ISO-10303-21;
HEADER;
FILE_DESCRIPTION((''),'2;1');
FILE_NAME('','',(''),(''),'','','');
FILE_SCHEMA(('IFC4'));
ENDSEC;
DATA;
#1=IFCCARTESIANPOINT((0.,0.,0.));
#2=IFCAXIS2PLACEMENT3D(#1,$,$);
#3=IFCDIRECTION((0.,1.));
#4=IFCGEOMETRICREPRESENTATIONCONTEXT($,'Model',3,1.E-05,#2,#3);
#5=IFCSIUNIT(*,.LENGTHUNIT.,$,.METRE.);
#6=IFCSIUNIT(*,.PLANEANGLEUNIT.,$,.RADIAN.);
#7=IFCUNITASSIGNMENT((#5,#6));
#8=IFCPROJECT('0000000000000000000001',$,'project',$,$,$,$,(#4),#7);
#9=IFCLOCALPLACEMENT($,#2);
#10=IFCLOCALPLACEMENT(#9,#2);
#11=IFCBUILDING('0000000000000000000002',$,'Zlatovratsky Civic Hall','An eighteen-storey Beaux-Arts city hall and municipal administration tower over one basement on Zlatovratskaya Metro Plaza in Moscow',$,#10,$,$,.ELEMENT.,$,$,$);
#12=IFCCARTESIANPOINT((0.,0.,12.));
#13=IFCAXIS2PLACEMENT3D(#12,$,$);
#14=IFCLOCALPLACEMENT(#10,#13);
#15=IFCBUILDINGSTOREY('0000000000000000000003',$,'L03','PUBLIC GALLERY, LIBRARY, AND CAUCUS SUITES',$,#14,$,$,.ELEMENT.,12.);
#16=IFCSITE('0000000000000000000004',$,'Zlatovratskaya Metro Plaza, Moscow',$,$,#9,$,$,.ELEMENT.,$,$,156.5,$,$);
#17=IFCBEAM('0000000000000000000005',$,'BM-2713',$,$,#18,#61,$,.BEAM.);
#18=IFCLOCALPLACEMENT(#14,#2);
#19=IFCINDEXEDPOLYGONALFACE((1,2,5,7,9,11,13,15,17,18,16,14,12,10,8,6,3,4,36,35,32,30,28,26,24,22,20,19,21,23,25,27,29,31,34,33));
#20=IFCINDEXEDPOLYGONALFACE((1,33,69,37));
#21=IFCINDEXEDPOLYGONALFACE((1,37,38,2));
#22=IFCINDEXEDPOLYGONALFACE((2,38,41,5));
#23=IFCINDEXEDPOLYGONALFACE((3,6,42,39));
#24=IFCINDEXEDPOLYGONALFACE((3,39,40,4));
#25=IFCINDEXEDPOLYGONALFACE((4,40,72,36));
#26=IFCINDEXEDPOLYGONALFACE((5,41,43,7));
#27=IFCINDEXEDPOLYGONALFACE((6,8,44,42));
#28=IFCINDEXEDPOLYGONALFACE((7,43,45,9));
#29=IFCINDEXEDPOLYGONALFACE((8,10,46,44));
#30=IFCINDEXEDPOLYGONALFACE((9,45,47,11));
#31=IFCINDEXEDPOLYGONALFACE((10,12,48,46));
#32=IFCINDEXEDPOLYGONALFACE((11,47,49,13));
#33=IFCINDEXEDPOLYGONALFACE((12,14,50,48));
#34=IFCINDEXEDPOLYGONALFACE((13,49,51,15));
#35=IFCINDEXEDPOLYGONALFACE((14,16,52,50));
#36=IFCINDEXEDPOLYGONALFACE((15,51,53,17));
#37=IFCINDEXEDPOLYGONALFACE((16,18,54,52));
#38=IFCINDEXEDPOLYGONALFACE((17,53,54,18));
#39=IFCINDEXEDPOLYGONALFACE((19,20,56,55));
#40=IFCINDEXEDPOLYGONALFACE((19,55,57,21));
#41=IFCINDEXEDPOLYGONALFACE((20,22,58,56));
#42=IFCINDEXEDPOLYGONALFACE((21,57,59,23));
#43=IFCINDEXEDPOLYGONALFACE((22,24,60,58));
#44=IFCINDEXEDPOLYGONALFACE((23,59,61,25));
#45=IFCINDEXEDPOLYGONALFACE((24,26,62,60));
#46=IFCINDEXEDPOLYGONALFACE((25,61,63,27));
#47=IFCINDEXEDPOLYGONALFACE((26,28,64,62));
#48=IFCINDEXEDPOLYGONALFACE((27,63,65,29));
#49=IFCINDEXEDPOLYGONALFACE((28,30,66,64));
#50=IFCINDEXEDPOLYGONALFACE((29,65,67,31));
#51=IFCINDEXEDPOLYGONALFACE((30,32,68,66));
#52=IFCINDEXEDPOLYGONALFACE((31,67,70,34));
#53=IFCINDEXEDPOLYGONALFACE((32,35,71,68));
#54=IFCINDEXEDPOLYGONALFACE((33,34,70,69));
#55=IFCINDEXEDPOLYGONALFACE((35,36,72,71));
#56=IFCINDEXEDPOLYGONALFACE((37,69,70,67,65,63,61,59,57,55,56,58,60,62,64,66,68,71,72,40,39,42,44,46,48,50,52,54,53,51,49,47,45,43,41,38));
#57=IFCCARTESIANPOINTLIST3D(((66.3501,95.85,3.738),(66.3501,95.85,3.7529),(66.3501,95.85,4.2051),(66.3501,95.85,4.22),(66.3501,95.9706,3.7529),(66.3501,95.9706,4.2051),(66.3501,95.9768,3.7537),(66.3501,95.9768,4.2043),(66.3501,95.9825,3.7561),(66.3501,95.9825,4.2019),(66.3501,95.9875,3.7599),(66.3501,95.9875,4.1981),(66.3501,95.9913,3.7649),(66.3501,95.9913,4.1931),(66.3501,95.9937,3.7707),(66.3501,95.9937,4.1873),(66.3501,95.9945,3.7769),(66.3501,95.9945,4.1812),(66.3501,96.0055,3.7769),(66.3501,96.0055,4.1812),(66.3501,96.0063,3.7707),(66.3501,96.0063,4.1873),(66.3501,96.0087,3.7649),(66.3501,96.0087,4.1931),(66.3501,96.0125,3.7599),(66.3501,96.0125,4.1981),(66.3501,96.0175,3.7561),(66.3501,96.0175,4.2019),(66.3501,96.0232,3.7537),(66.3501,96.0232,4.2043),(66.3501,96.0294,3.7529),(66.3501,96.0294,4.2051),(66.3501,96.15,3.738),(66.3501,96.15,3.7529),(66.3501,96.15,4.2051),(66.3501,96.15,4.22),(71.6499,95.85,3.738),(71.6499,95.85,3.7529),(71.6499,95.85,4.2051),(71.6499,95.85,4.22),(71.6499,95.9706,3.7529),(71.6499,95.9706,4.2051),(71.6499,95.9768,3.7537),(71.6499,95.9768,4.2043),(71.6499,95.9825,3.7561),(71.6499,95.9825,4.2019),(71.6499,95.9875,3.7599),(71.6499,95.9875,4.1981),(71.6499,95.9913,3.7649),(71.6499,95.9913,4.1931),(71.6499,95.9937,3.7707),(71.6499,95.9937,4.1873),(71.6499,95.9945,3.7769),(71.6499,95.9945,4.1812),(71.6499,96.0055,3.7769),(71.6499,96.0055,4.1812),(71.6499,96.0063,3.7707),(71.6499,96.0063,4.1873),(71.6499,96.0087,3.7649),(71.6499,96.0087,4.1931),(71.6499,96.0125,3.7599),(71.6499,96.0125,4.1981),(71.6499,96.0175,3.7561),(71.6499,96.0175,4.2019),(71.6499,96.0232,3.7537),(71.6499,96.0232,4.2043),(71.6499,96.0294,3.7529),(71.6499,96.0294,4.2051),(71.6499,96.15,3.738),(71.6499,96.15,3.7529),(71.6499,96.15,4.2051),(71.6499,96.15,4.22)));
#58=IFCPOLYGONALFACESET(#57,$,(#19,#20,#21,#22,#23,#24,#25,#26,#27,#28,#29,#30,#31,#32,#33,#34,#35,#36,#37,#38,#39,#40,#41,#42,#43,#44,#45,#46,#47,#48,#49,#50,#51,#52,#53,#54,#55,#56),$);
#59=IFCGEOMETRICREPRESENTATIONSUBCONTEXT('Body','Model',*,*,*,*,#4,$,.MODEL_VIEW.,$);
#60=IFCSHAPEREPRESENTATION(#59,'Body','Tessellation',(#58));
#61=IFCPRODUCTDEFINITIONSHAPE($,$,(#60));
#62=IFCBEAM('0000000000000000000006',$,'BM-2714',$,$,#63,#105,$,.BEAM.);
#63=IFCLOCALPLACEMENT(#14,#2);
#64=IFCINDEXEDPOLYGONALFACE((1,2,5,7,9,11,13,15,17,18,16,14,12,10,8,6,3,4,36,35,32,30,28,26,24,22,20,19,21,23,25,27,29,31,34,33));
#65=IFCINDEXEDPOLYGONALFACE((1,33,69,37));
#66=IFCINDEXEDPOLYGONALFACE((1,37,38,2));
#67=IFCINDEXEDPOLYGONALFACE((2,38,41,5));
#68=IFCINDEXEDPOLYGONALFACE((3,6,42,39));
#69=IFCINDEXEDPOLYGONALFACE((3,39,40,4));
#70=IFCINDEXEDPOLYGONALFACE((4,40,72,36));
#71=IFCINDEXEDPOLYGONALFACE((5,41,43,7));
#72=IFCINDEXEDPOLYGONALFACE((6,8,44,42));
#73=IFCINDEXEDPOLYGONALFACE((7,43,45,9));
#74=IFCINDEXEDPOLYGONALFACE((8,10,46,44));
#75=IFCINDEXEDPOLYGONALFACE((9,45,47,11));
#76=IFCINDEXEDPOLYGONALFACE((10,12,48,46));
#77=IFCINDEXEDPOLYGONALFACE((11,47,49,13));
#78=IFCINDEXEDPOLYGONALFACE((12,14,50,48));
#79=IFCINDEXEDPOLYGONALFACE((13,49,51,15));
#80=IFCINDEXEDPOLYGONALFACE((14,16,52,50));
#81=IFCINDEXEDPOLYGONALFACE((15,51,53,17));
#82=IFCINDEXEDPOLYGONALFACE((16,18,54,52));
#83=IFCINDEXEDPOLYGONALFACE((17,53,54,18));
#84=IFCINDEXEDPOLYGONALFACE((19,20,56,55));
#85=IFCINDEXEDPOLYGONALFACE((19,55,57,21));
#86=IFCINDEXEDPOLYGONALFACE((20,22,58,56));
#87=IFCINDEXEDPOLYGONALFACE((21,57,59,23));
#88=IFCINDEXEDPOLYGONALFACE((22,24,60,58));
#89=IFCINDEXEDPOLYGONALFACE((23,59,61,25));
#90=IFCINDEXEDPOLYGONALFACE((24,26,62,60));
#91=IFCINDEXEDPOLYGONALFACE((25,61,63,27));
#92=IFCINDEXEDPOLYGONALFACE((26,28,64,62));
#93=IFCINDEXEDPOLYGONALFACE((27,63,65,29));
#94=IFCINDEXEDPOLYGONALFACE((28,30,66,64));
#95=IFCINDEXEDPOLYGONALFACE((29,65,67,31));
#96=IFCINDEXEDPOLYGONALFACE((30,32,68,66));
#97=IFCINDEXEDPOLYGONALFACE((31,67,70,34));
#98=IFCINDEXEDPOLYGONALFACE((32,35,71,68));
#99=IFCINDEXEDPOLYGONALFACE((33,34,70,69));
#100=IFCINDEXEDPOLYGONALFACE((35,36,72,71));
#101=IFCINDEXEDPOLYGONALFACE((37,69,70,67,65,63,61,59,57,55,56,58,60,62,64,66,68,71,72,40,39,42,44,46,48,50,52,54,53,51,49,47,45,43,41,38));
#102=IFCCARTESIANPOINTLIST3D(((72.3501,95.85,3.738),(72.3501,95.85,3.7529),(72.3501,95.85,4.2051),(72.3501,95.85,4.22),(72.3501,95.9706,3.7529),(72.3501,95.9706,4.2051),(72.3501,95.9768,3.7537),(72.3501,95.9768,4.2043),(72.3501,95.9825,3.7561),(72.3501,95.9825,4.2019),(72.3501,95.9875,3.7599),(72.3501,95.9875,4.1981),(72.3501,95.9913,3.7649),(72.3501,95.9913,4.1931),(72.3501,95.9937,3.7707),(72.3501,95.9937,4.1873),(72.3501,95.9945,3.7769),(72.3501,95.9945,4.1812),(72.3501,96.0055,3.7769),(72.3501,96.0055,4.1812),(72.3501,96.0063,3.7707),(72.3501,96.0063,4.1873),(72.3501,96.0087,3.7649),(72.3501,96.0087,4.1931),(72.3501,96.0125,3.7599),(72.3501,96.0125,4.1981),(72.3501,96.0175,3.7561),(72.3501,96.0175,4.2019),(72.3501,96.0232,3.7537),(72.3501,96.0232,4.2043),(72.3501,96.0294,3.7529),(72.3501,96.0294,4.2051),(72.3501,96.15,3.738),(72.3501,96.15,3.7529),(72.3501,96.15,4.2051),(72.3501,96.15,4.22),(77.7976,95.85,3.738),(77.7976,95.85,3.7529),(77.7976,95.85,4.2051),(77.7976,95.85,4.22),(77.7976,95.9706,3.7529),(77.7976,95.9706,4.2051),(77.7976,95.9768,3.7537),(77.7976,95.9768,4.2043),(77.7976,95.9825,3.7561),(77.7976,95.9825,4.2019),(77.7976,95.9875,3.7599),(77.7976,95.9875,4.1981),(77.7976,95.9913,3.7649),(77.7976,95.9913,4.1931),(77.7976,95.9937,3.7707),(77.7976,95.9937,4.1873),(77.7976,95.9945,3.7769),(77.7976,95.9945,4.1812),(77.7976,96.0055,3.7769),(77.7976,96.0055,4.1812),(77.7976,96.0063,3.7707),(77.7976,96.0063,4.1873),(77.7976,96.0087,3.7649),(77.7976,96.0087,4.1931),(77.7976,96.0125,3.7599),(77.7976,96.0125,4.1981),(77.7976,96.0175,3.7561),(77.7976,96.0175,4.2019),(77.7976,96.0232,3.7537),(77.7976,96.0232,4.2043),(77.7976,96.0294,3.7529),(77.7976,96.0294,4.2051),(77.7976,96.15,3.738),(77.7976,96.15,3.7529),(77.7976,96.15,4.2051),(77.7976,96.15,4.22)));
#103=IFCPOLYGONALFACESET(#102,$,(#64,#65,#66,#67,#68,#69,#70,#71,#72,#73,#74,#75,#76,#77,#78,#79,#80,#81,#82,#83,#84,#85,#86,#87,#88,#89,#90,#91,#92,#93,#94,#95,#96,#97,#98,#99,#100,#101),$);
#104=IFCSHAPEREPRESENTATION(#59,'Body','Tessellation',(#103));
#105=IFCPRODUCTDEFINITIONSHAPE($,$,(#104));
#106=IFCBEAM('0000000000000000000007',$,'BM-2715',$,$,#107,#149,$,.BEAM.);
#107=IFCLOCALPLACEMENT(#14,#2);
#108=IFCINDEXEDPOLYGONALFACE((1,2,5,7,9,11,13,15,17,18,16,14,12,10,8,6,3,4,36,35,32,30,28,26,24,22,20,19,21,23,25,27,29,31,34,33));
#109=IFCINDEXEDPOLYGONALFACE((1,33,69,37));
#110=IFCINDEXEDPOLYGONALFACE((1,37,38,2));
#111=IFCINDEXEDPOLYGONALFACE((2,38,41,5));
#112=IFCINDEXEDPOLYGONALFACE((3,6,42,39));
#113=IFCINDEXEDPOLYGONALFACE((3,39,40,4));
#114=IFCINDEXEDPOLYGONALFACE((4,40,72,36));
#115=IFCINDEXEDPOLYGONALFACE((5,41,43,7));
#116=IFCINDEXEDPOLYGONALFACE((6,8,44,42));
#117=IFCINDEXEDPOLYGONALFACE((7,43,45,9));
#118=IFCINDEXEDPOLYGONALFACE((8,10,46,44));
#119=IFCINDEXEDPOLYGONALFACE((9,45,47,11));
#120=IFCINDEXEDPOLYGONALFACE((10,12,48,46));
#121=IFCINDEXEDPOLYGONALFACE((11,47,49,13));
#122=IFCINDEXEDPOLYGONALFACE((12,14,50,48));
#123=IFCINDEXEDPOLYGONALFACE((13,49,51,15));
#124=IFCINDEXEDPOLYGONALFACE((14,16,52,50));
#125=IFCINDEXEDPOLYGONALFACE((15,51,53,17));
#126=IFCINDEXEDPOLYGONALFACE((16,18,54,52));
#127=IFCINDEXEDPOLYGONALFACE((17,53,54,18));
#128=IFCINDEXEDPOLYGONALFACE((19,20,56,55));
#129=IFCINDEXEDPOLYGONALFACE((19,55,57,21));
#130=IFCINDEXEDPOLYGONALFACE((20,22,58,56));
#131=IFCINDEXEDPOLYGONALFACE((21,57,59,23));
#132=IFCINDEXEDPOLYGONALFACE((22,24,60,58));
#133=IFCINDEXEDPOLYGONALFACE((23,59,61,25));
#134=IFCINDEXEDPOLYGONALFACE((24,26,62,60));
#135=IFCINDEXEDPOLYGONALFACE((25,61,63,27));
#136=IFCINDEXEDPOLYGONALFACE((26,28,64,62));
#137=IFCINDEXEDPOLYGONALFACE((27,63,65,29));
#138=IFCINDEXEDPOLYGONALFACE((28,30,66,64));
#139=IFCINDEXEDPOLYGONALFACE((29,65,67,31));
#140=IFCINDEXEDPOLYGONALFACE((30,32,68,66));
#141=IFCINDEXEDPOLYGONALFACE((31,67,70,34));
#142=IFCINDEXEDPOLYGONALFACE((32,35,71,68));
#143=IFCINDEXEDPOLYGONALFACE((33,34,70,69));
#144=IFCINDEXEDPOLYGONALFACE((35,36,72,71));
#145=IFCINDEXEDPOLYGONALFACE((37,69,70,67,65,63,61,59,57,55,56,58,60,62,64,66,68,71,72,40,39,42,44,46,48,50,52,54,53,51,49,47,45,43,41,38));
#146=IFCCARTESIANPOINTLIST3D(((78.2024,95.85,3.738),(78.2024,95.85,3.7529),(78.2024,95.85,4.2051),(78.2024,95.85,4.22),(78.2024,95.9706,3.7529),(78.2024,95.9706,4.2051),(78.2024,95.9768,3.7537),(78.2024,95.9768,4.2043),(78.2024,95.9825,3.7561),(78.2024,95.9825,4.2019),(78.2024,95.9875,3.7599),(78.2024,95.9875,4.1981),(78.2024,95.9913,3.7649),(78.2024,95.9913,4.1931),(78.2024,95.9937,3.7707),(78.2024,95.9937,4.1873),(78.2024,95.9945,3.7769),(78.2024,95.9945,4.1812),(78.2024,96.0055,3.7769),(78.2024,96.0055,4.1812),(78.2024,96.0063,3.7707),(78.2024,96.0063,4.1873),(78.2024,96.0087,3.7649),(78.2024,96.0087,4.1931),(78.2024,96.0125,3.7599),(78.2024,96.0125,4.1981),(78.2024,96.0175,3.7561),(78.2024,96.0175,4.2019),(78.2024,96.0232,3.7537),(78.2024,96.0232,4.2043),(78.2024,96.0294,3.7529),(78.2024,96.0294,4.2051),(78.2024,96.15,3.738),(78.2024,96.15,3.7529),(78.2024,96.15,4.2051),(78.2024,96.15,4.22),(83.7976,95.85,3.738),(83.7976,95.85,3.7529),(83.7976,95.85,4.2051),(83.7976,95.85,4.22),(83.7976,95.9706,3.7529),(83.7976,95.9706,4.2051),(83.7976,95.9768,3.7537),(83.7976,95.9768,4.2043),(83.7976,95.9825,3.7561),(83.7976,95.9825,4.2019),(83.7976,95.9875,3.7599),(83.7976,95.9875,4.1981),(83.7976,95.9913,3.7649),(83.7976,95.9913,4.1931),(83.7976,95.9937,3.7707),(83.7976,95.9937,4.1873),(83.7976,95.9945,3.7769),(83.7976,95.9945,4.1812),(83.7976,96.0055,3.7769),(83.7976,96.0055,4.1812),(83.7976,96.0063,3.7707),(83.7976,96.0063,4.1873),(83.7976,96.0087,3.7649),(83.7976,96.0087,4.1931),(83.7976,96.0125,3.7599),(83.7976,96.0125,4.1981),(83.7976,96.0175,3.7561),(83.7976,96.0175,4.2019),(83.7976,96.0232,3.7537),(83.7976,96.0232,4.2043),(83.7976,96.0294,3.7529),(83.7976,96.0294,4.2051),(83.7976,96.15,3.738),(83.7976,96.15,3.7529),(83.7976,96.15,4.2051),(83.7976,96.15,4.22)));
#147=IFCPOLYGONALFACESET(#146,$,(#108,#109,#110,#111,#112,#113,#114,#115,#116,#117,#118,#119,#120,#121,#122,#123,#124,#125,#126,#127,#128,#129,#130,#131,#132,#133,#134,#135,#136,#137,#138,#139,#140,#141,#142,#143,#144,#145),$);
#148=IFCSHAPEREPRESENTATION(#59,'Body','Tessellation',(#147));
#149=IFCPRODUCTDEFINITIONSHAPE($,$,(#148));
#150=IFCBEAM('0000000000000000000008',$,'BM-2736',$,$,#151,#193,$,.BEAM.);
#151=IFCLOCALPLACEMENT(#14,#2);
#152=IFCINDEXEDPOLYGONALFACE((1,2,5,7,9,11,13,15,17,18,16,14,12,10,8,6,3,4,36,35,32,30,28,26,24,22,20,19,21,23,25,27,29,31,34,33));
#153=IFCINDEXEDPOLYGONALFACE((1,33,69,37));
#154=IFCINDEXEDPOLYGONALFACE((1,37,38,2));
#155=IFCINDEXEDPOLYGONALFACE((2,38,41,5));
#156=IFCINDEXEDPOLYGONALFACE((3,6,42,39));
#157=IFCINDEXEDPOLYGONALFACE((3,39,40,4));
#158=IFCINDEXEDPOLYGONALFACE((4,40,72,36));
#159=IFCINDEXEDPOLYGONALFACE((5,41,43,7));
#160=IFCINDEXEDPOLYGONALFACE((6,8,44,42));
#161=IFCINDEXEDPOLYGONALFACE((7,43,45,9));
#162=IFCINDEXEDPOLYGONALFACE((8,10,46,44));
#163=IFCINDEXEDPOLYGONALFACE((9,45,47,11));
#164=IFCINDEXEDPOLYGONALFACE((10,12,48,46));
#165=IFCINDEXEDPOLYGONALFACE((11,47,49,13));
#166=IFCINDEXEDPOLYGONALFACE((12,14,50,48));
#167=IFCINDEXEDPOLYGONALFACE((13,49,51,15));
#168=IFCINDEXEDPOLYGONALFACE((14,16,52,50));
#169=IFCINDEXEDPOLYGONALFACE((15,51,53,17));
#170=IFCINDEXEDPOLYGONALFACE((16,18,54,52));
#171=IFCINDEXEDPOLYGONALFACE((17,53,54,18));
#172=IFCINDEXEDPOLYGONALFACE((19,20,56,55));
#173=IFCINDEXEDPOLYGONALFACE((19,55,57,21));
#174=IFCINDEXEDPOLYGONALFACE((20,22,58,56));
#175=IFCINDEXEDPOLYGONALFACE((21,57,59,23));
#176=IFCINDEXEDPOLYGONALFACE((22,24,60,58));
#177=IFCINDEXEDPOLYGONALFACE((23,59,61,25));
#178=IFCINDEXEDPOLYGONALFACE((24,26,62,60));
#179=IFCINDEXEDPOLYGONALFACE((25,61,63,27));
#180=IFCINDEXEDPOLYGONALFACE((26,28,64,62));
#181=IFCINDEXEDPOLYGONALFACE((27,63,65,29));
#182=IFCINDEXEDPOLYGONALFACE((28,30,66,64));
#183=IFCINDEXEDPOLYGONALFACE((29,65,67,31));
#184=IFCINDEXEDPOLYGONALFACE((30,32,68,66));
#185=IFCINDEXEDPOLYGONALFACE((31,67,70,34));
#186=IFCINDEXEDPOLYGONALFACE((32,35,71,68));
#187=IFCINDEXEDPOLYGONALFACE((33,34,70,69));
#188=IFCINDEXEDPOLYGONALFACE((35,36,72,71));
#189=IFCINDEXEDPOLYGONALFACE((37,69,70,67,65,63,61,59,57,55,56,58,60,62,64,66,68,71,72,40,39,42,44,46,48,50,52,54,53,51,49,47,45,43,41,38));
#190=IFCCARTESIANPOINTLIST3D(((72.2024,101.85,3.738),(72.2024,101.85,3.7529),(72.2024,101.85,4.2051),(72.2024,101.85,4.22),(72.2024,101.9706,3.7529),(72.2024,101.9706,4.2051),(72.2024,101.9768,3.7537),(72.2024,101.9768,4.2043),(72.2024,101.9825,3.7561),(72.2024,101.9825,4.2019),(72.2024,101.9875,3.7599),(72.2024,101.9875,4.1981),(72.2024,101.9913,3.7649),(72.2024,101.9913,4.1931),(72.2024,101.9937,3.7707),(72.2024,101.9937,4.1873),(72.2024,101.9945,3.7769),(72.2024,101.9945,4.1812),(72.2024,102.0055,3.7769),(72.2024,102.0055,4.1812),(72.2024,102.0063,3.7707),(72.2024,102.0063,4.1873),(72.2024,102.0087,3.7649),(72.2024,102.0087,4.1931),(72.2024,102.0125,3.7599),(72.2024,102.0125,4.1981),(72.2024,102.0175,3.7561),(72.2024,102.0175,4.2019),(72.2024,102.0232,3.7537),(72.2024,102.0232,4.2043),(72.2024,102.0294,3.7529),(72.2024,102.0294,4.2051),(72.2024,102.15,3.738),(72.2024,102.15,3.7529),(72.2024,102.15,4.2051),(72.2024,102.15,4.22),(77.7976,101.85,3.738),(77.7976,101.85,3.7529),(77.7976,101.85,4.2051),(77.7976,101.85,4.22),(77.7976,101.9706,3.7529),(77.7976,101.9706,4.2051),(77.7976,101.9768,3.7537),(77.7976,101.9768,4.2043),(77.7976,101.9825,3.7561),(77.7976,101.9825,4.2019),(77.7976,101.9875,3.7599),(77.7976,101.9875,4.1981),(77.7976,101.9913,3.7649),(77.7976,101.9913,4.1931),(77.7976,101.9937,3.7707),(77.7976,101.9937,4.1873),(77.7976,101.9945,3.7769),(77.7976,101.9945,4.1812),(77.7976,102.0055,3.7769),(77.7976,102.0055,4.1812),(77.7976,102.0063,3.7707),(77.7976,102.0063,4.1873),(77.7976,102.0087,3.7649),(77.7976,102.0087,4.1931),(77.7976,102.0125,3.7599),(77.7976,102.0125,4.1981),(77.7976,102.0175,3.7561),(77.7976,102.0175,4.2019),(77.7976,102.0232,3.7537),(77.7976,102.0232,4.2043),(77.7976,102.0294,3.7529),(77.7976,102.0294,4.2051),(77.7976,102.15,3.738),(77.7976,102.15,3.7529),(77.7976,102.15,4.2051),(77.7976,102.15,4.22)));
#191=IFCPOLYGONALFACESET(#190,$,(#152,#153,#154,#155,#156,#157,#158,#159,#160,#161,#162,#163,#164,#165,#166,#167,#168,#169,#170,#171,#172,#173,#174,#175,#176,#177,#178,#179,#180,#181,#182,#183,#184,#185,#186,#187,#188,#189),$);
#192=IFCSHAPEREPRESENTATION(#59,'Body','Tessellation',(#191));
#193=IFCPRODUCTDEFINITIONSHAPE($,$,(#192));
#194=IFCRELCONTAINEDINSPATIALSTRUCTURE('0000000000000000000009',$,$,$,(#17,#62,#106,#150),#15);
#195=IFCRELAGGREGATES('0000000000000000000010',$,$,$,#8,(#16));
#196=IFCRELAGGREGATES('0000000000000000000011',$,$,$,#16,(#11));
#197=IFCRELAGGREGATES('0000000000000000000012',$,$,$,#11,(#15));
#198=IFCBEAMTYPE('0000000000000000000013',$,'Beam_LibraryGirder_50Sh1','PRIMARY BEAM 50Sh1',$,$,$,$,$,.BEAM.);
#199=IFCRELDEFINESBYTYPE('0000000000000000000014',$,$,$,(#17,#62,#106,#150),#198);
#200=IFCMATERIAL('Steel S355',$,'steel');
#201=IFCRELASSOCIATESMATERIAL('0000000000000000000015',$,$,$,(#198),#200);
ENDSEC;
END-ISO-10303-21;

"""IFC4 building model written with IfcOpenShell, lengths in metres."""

from ifc_helpers import new_model, si_unit, direction, frame, origin, origin_2d, place, context, subcontext, project, spatial, i_section, extrude, material, material_profile, profile_set, type_object, element, save


model = new_model("IFC4")

# Units and contexts
model_context = context("Model", 3, precision=1e-05, world=origin(), true_north=direction((0.0, 1.0)))
body_context = subcontext(model_context, "Body", "Model", "MODEL_VIEW")
ifc_project = project(units=[si_unit("LENGTHUNIT", "METRE"), si_unit("PLANEANGLEUNIT", "RADIAN")], contexts=[model_context])

# Site, building, storey
site_placement = place(None, origin())
site = spatial("IfcSite", under=ifc_project, at=site_placement, Name="Zlatovratskaya Metro Plaza, Moscow", CompositionType="ELEMENT", RefElevation=156.5)
building_placement = place(site_placement, origin())
building = spatial("IfcBuilding", under=site, at=building_placement, Name="Zlatovratsky Civic Hall", Description="An eighteen-storey Beaux-Arts city hall and municipal administration tower over one basement on Zlatovratskaya Metro Plaza in Moscow", CompositionType="ELEMENT")
storey_placement = place(building_placement, frame((0.0, 0.0, 12.0)))
storey = spatial("IfcBuildingStorey", under=building, at=storey_placement, Name="L03", Description="PUBLIC GALLERY, LIBRARY, AND CAUCUS SUITES", CompositionType="ELEMENT", Elevation=12.0)

# Shared definitions
ifc_material_1 = material(Name="Steel S355", Category="steel")

# Beams
ifc_material_profile_1 = material_profile(ifc_material_1, i_section(OverallWidth=0.3, OverallDepth=0.4819, WebThickness=0.011, FlangeThickness=0.0149, FilletRadius=0.0239, at=origin_2d()), Name="50Sh1")
ifc_profile_set_1 = profile_set([ifc_material_profile_1], Name="Steel S355")
beam_type = type_object("IfcBeamType", Name="Beam_LibraryGirder_50Sh1", Description="PRIMARY BEAM 50Sh1", PredefinedType="BEAM", material=ifc_profile_set_1)
beam_1_placement = place(storey_placement, frame((66.3501, 96.0, 3.979), z_axis=(1.0, 0.0, 0.0), x_axis=(0.0, 1.0, 0.0)))
element("IfcBeam", 1, at=beam_1_placement, inside=storey, type_object=beam_type, Name="BM-2713", PredefinedType="BEAM", context=body_context, shape_type="SweptSolid", body=[
    extrude(i_section(OverallWidth=0.3, OverallDepth=0.4819, WebThickness=0.011, FlangeThickness=0.0149, FilletRadius=0.0239, at=origin_2d()), origin(), (0.0, 0.0, 1.0), 5.2998),
])
beam_2_placement = place(storey_placement, frame((72.3501, 96.0, 3.979), z_axis=(1.0, 0.0, 0.0), x_axis=(0.0, 1.0, 0.0)))
element("IfcBeam", 2, at=beam_2_placement, inside=storey, type_object=beam_type, Name="BM-2714", PredefinedType="BEAM", context=body_context, shape_type="SweptSolid", body=[
    extrude(i_section(OverallWidth=0.3, OverallDepth=0.4819, WebThickness=0.011, FlangeThickness=0.0149, FilletRadius=0.0239, at=origin_2d()), origin(), (0.0, 0.0, 1.0), 5.4475),
])
for number, where, z_axis, x_axis, name in (
    (3, (78.2024, 96.0, 3.979), (1.0, 0.0, 0.0), (0.0, 1.0, 0.0), "BM-2715"),
    (4, (72.2024, 102.0, 3.979), (1.0, 0.0, 0.0), (0.0, 1.0, 0.0), "BM-2736"),
):
    element("IfcBeam", number, at=place(storey_placement, frame(where, z_axis=z_axis, x_axis=x_axis)), inside=storey, type_object=beam_type, Name=name, PredefinedType="BEAM", context=body_context, shape_type="SweptSolid", body=[
        extrude(i_section(OverallWidth=0.3, OverallDepth=0.4819, WebThickness=0.011, FlangeThickness=0.0149, FilletRadius=0.0239, at=origin_2d()), origin(), (0.0, 0.0, 1.0), 5.5952),
    ])

save(model, "model.ifc")
